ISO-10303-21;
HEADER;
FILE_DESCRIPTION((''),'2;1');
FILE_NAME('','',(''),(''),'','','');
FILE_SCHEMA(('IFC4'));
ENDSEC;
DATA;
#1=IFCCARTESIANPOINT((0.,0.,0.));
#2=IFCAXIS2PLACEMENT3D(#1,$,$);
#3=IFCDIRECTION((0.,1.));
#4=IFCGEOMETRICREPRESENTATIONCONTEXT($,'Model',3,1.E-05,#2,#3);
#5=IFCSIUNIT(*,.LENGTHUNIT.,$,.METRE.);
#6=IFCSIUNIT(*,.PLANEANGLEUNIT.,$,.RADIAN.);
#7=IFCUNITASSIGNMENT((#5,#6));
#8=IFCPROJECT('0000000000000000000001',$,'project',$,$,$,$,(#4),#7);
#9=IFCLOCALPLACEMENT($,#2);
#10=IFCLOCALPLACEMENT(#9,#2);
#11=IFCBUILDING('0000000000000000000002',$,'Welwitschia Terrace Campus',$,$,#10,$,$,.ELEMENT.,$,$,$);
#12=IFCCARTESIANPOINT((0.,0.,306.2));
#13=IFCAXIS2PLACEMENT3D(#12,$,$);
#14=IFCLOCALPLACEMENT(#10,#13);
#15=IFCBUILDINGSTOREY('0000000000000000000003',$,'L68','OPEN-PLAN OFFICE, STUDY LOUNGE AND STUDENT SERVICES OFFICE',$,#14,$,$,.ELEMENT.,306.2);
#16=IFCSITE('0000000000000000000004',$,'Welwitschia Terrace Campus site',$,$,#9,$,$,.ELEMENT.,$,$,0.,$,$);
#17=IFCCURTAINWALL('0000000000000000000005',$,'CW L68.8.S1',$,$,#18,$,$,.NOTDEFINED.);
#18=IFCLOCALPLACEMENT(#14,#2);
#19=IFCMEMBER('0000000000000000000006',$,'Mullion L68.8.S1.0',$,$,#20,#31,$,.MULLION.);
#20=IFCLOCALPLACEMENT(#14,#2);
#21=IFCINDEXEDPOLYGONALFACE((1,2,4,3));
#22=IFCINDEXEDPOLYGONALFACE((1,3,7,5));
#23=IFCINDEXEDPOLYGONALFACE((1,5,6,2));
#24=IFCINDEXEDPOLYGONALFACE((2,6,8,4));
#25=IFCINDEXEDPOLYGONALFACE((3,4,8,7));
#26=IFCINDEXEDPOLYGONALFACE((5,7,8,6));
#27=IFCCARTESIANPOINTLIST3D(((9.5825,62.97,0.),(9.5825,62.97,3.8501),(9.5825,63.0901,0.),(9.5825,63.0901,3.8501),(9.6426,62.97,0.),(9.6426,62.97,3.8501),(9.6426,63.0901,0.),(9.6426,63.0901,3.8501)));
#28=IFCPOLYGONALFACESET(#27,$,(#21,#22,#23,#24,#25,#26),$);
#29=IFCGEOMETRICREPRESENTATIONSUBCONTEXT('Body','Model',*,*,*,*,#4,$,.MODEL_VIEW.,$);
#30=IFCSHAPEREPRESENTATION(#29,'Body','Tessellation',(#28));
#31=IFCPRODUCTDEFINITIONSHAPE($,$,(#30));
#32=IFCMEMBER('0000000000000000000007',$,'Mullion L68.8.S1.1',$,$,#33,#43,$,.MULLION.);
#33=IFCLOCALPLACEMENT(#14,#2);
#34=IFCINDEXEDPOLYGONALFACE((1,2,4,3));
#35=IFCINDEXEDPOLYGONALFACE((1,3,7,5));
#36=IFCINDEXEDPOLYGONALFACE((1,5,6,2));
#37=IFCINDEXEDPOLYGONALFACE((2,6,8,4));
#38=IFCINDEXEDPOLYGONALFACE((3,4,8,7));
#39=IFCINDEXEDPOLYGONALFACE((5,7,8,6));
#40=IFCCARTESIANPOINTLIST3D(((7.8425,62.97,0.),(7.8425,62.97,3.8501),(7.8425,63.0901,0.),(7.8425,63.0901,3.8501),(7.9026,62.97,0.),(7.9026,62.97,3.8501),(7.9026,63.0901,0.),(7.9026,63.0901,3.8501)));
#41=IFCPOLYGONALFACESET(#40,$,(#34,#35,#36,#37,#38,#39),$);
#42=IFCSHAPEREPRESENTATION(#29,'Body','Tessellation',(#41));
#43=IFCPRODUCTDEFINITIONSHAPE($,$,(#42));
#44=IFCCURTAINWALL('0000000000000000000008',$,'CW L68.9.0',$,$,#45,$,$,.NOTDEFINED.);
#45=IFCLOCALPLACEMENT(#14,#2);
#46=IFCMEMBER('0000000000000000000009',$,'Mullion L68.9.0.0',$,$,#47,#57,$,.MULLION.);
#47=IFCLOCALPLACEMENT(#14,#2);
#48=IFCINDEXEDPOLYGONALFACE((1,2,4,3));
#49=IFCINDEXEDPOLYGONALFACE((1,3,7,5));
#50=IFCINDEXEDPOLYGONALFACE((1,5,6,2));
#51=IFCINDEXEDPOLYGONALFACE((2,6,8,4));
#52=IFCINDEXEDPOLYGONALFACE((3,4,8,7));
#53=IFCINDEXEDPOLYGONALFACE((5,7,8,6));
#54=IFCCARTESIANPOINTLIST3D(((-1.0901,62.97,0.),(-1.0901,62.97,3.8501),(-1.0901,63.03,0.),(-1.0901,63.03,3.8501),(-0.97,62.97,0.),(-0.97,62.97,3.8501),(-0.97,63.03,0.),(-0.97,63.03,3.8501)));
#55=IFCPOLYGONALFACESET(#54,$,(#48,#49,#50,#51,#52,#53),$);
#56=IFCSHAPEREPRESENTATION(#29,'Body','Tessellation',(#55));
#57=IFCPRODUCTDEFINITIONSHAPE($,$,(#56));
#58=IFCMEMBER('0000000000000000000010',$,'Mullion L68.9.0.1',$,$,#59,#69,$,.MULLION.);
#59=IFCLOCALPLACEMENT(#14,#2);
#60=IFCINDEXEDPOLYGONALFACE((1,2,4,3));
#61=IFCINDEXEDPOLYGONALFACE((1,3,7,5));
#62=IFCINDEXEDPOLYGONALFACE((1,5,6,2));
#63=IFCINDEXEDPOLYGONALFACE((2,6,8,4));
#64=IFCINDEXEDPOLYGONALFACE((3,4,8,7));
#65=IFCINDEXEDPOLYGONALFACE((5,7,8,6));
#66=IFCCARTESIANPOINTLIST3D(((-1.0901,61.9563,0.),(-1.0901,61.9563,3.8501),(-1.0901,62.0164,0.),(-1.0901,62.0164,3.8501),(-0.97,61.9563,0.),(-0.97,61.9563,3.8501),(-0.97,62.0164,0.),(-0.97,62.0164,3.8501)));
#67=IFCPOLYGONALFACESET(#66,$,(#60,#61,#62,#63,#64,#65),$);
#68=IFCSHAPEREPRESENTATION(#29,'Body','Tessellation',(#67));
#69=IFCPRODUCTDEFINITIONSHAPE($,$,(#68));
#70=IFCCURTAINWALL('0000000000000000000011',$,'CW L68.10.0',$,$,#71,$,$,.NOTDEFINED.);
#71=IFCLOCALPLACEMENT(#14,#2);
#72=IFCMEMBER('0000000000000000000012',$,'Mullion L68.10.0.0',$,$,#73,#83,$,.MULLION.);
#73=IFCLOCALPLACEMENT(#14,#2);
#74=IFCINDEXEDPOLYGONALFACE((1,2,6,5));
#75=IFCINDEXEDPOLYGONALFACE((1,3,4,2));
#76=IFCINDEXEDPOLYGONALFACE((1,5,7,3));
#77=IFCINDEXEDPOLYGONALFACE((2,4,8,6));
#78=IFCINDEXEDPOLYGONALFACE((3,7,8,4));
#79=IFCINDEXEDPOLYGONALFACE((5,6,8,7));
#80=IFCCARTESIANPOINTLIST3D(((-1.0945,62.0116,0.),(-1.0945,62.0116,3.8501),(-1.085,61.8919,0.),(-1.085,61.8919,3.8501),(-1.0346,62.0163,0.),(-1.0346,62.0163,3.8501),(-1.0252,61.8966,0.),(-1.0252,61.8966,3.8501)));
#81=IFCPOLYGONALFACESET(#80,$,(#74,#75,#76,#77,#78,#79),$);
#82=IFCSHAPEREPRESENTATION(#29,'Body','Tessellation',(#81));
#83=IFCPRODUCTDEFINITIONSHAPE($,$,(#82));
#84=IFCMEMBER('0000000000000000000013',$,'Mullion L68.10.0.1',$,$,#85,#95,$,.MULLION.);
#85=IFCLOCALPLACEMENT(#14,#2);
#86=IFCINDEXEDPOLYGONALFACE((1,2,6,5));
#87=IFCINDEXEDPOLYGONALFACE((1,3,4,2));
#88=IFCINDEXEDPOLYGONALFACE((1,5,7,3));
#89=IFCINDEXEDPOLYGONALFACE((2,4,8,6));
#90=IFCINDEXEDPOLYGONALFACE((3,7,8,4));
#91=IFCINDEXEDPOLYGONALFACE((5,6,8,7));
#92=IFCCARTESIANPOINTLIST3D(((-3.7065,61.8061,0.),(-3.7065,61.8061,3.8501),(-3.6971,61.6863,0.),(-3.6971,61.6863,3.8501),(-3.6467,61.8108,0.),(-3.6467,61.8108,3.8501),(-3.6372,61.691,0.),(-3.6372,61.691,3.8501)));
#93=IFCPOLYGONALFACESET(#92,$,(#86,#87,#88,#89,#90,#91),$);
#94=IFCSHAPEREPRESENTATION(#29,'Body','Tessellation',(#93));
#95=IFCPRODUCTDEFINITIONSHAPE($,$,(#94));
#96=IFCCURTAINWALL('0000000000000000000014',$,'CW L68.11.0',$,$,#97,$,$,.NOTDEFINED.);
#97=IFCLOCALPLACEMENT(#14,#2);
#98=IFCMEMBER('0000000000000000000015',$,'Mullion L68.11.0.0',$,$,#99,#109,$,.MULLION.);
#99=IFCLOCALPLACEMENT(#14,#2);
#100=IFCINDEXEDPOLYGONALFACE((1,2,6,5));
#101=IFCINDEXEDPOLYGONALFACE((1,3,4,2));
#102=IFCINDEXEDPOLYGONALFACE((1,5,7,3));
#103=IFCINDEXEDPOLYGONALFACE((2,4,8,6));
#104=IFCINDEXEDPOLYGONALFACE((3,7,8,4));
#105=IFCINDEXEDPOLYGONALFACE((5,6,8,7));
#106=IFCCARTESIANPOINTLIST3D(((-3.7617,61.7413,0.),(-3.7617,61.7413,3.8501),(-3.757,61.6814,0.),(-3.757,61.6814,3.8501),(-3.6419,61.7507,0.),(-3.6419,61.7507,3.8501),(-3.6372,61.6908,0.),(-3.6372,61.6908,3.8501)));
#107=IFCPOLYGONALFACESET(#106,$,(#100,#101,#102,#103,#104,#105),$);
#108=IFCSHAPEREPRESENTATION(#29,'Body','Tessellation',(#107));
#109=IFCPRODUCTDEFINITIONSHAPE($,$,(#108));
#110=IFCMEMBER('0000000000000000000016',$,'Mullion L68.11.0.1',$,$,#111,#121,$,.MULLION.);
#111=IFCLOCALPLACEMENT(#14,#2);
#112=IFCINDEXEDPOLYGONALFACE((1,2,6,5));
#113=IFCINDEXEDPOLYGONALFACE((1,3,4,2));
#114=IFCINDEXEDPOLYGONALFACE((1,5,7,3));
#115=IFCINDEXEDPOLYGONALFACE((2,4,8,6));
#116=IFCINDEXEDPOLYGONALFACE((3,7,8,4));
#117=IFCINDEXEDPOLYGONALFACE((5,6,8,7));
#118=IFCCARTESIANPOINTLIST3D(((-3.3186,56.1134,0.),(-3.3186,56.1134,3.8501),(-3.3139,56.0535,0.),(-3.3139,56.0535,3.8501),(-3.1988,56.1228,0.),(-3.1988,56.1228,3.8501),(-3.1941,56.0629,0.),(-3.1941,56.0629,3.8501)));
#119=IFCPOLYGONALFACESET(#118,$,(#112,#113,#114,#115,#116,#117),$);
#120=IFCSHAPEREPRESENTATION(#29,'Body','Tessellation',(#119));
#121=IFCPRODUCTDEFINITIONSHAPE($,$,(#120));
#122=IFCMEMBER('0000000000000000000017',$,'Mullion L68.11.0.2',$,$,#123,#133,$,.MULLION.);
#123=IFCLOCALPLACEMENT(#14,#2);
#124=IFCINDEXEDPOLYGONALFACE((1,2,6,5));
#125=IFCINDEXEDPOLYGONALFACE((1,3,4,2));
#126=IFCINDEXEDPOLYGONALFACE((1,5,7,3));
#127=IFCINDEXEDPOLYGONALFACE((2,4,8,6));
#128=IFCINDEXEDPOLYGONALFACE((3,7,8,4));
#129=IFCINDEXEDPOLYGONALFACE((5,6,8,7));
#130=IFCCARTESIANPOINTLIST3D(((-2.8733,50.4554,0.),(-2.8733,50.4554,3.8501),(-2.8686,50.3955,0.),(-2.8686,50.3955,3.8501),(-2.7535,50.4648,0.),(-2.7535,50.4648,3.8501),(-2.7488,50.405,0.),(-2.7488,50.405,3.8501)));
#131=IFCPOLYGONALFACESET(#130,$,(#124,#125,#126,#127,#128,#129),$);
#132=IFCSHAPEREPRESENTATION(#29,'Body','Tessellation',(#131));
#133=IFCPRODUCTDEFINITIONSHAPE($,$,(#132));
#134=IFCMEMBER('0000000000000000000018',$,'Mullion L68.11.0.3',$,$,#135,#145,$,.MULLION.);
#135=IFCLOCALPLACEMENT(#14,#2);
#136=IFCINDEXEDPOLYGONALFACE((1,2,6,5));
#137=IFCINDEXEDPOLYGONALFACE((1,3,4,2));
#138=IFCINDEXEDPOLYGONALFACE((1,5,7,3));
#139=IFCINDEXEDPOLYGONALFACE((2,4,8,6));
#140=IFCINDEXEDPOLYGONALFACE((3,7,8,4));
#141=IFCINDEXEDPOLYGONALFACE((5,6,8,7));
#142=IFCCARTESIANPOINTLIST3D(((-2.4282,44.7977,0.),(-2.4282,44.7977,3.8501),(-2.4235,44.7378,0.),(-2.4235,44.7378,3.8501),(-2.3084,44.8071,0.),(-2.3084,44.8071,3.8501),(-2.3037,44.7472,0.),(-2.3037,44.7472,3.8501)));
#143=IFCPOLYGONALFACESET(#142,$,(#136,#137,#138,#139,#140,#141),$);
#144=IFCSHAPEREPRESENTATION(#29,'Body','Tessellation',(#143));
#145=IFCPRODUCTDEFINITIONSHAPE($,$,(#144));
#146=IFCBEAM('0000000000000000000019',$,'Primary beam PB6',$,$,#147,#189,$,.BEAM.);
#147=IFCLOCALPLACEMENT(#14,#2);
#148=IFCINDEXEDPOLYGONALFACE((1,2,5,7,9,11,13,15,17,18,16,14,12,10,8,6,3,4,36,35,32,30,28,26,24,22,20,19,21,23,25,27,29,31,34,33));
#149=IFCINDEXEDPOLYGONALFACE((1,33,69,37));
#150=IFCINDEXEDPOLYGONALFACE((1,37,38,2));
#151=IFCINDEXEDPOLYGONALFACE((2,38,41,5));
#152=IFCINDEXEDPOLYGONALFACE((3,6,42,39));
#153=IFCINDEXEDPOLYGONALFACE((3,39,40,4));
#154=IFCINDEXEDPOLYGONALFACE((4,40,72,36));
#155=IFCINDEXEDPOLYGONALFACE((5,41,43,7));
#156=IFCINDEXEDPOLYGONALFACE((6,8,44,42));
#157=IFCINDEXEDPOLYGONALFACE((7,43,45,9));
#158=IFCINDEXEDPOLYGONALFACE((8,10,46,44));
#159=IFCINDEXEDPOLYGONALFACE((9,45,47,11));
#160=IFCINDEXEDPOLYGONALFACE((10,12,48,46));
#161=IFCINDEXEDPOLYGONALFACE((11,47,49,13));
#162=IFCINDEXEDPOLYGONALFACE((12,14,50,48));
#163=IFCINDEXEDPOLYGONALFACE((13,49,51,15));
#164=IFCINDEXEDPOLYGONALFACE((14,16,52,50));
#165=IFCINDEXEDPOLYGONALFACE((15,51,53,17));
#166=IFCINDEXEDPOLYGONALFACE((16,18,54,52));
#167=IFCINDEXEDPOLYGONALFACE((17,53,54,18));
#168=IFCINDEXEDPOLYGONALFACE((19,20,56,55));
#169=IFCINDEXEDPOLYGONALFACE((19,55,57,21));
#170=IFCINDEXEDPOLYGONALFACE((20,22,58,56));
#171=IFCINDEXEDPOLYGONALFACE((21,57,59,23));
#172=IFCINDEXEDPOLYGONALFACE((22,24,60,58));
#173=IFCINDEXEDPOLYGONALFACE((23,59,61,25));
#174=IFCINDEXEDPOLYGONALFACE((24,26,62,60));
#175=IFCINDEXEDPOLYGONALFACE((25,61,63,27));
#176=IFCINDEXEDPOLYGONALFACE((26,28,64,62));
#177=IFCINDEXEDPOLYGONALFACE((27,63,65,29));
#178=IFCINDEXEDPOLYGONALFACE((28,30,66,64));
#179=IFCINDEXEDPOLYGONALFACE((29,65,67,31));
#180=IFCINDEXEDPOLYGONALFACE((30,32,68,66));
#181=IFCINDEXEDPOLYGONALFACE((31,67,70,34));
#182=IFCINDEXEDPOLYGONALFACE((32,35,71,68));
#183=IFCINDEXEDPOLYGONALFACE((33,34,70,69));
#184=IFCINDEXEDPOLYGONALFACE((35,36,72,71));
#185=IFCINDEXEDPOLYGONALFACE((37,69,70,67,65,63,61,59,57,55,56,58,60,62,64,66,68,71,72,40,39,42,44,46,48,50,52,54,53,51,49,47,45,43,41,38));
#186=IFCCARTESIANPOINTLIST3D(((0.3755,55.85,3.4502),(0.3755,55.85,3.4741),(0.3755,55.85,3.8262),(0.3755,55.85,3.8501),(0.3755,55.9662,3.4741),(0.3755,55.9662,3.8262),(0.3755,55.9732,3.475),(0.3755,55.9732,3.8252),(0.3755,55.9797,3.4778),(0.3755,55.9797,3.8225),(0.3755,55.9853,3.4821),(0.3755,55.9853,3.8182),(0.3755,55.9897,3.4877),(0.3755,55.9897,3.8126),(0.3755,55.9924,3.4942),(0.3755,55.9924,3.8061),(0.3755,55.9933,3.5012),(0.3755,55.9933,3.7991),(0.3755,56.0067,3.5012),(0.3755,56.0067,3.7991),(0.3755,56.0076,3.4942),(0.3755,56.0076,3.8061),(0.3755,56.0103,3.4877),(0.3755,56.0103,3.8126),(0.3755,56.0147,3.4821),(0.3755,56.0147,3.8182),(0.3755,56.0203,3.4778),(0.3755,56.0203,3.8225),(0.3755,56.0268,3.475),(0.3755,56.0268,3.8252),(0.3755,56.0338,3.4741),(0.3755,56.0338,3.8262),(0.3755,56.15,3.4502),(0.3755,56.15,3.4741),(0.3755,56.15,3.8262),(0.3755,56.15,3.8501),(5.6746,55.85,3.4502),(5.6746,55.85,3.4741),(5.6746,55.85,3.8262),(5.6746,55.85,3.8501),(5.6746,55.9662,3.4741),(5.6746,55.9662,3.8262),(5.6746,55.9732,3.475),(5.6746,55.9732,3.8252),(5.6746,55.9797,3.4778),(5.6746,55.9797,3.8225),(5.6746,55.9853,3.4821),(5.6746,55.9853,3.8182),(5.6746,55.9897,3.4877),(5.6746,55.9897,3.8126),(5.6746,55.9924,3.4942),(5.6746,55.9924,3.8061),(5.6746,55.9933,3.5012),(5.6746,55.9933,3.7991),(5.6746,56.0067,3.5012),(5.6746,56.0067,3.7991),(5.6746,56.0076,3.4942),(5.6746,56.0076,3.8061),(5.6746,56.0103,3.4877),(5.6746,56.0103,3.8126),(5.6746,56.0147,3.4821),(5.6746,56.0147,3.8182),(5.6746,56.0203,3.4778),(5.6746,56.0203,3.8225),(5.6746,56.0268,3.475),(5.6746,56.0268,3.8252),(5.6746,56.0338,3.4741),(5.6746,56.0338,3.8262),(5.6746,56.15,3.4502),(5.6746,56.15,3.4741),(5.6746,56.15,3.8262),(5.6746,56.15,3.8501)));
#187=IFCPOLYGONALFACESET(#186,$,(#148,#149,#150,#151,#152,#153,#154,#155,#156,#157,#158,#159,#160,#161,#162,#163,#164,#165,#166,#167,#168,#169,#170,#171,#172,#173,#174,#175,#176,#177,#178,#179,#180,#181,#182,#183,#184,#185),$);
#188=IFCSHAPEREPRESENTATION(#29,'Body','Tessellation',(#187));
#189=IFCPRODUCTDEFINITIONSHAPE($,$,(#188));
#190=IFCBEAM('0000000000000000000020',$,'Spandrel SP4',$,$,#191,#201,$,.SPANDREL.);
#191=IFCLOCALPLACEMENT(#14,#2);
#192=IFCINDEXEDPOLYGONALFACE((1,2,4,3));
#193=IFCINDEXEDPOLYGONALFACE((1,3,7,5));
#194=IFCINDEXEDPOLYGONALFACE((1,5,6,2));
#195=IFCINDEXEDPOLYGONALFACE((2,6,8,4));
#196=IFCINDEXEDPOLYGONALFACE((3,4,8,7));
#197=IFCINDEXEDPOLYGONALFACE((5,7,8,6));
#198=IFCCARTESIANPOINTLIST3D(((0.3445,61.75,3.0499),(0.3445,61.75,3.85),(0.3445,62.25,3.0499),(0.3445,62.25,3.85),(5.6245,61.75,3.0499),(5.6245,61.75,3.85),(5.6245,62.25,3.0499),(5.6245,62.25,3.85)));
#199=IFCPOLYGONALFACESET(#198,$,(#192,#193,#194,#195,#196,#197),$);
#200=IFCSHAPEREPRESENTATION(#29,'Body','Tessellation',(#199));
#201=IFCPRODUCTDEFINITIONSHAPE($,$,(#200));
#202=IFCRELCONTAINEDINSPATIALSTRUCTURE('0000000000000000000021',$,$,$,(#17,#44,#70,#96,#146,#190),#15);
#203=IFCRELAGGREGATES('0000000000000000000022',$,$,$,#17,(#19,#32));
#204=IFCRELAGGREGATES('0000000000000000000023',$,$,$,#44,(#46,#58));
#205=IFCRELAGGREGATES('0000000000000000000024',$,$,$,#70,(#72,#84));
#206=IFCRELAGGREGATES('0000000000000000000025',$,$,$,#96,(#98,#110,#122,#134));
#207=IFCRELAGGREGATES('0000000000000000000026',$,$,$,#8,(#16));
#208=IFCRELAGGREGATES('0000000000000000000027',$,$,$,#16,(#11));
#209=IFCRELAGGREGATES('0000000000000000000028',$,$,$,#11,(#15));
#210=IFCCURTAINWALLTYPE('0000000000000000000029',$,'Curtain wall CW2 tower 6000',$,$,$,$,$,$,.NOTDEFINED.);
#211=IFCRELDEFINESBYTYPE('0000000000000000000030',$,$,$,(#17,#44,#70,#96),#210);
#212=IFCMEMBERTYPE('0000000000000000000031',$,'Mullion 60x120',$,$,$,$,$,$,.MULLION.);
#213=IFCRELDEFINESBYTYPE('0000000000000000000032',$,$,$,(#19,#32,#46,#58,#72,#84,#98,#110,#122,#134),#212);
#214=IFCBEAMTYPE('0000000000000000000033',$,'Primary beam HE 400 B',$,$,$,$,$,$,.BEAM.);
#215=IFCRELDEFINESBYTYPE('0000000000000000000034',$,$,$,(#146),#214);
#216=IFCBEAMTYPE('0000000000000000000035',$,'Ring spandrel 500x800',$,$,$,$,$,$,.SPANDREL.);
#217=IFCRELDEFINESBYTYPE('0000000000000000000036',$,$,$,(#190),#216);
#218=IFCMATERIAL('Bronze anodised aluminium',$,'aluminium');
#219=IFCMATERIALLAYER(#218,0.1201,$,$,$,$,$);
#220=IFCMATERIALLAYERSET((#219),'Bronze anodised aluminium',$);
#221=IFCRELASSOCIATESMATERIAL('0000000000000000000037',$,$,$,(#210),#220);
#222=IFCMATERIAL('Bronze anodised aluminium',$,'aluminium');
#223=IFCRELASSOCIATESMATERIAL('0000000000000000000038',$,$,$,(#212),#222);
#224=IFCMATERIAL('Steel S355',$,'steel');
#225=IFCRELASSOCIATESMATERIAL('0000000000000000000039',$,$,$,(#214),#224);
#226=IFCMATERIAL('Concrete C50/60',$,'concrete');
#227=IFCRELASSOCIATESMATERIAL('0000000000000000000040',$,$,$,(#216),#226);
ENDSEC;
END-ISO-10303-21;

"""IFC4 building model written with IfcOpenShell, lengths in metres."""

from ifc_helpers import new_model, si_unit, direction, frame, origin, origin_2d, place, context, subcontext, project, spatial, rectangle, i_section, extrude, material, layer, layer_set, material_profile, profile_set, type_object, element, aggregate, save


model = new_model("IFC4")

# Units and contexts
model_context = context("Model", 3, precision=1e-05, world=origin(), true_north=direction((0.0, 1.0)))
body_context = subcontext(model_context, "Body", "Model", "MODEL_VIEW")
ifc_project = project(units=[si_unit("LENGTHUNIT", "METRE"), si_unit("PLANEANGLEUNIT", "RADIAN")], contexts=[model_context])

# Site, building, storey
site_placement = place(None, origin())
site = spatial("IfcSite", under=ifc_project, at=site_placement, Name="Welwitschia Terrace Campus site", CompositionType="ELEMENT", RefElevation=0.0)
building_placement = place(site_placement, origin())
building = spatial("IfcBuilding", under=site, at=building_placement, Name="Welwitschia Terrace Campus", CompositionType="ELEMENT")
storey_placement = place(building_placement, frame((0.0, 0.0, 306.2)))
storey = spatial("IfcBuildingStorey", under=building, at=storey_placement, Name="L68", Description="OPEN-PLAN OFFICE, STUDY LOUNGE AND STUDENT SERVICES OFFICE", CompositionType="ELEMENT", Elevation=306.2)

# Curtain walls, members
ifc_material_1 = material(Name="Bronze anodised aluminium", Category="aluminium")
ifc_layer_1 = layer(ifc_material_1, 0.1201)
ifc_layer_set_1 = layer_set([ifc_layer_1], Name="Bronze anodised aluminium")
curtain_wall_type = type_object("IfcCurtainWallType", Name="Curtain wall CW2 tower 6000", PredefinedType="NOTDEFINED", material=ifc_layer_set_1)
curtain_wall_1_placement = place(storey_placement, origin())
curtain_wall_1 = element("IfcCurtainWall", 1, at=curtain_wall_1_placement, inside=storey, type_object=curtain_wall_type, Name="CW L68.8.S1", PredefinedType="NOTDEFINED")
ifc_material_2 = material(Name="Bronze anodised aluminium", Category="aluminium")
ifc_material_profile_1 = material_profile(ifc_material_2, rectangle(XDim=0.1201, YDim=0.0601, at=origin_2d()))
ifc_profile_set_1 = profile_set([ifc_material_profile_1], Name="Bronze anodised aluminium")
member_type_1 = type_object("IfcMemberType", Name="Mullion 60x120", PredefinedType="MULLION", material=ifc_profile_set_1)
member_1_placement = place(storey_placement, frame((9.6125, 63.03, 0.0), z_axis=(0.0, 0.0, 1.0), x_axis=(0.0, -1.0, 0.0)))
member_1 = element("IfcMember", 2, at=member_1_placement, type_object=member_type_1, Name="Mullion L68.8.S1.0", PredefinedType="MULLION", context=body_context, shape_type="SweptSolid", body=[
    extrude(rectangle(XDim=0.1201, YDim=0.0601, at=origin_2d()), origin(), (0.0, 0.0, 1.0), 3.8501),
])
member_2_placement = place(storey_placement, frame((7.8726, 63.03, 0.0), z_axis=(0.0, 0.0, 1.0), x_axis=(0.0, -1.0, 0.0)))
member_2 = element("IfcMember", 3, at=member_2_placement, type_object=member_type_1, Name="Mullion L68.8.S1.1", PredefinedType="MULLION", context=body_context, shape_type="SweptSolid", body=[
    extrude(rectangle(XDim=0.1201, YDim=0.0601, at=origin_2d()), origin(), (0.0, 0.0, 1.0), 3.8501),
])
curtain_wall_2_placement = place(storey_placement, origin())
curtain_wall_2 = element("IfcCurtainWall", 4, at=curtain_wall_2_placement, inside=storey, type_object=curtain_wall_type, Name="CW L68.9.0", PredefinedType="NOTDEFINED")
member_3_placement = place(storey_placement, frame((-1.03, 63.0, 0.0), z_axis=(0.0, 0.0, 1.0), x_axis=(1.0, 0.0, 0.0)))
member_3 = element("IfcMember", 5, at=member_3_placement, type_object=member_type_1, Name="Mullion L68.9.0.0", PredefinedType="MULLION", context=body_context, shape_type="SweptSolid", body=[
    extrude(rectangle(XDim=0.1201, YDim=0.0601, at=origin_2d()), origin(), (0.0, 0.0, 1.0), 3.8501),
])
member_4_placement = place(storey_placement, frame((-1.03, 61.9863, 0.0), z_axis=(0.0, 0.0, 1.0), x_axis=(1.0, 0.0, 0.0)))
member_4 = element("IfcMember", 6, at=member_4_placement, type_object=member_type_1, Name="Mullion L68.9.0.1", PredefinedType="MULLION", context=body_context, shape_type="SweptSolid", body=[
    extrude(rectangle(XDim=0.1201, YDim=0.0601, at=origin_2d()), origin(), (0.0, 0.0, 1.0), 3.8501),
])
curtain_wall_3_placement = place(storey_placement, origin())
curtain_wall_3 = element("IfcCurtainWall", 7, at=curtain_wall_3_placement, inside=storey, type_object=curtain_wall_type, Name="CW L68.10.0", PredefinedType="NOTDEFINED")
member_5_placement = place(storey_placement, frame((-1.0598, 61.9541, 0.0), z_axis=(0.0, 0.0, 1.0), x_axis=(0.078459, -0.996917, 0.0)))
member_5 = element("IfcMember", 8, at=member_5_placement, type_object=member_type_1, Name="Mullion L68.10.0.0", PredefinedType="MULLION", context=body_context, shape_type="SweptSolid", body=[
    extrude(rectangle(XDim=0.1201, YDim=0.0601, at=origin_2d()), origin(), (0.0, 0.0, 1.0), 3.8501),
])
member_6_placement = place(storey_placement, frame((-3.6719, 61.7485, 0.0), z_axis=(0.0, 0.0, 1.0), x_axis=(0.078459, -0.996917, 0.0)))
member_6 = element("IfcMember", 9, at=member_6_placement, type_object=member_type_1, Name="Mullion L68.10.0.1", PredefinedType="MULLION", context=body_context, shape_type="SweptSolid", body=[
    extrude(rectangle(XDim=0.1201, YDim=0.0601, at=origin_2d()), origin(), (0.0, 0.0, 1.0), 3.8501),
])
curtain_wall_4_placement = place(storey_placement, origin())
curtain_wall_4 = element("IfcCurtainWall", 10, at=curtain_wall_4_placement, inside=storey, type_object=curtain_wall_type, Name="CW L68.11.0", PredefinedType="NOTDEFINED")
member_7_placement = place(storey_placement, frame((-3.6995, 61.7161, 0.0), z_axis=(0.0, 0.0, 1.0), x_axis=(0.996917, 0.078459, 0.0)))
member_7 = element("IfcMember", 11, at=member_7_placement, type_object=member_type_1, Name="Mullion L68.11.0.0", PredefinedType="MULLION", context=body_context, shape_type="SweptSolid", body=[
    extrude(rectangle(XDim=0.1201, YDim=0.0601, at=origin_2d()), origin(), (0.0, 0.0, 1.0), 3.8501),
])
member_8_placement = place(storey_placement, frame((-3.2563, 56.0881, 0.0), z_axis=(0.0, 0.0, 1.0), x_axis=(0.996917, 0.078459, 0.0)))
member_8 = element("IfcMember", 12, at=member_8_placement, type_object=member_type_1, Name="Mullion L68.11.0.1", PredefinedType="MULLION", context=body_context, shape_type="SweptSolid", body=[
    extrude(rectangle(XDim=0.1201, YDim=0.0601, at=origin_2d()), origin(), (0.0, 0.0, 1.0), 3.8501),
])
member_9_placement = place(storey_placement, frame((-2.811, 50.4302, 0.0), z_axis=(0.0, 0.0, 1.0), x_axis=(0.996917, 0.078459, 0.0)))
member_9 = element("IfcMember", 13, at=member_9_placement, type_object=member_type_1, Name="Mullion L68.11.0.2", PredefinedType="MULLION", context=body_context, shape_type="SweptSolid", body=[
    extrude(rectangle(XDim=0.1201, YDim=0.0601, at=origin_2d()), origin(), (0.0, 0.0, 1.0), 3.8501),
])
member_10_placement = place(storey_placement, frame((-2.366, 44.7725, 0.0), z_axis=(0.0, 0.0, 1.0), x_axis=(0.996917, 0.078459, 0.0)))
member_10 = element("IfcMember", 14, at=member_10_placement, type_object=member_type_1, Name="Mullion L68.11.0.3", PredefinedType="MULLION", context=body_context, shape_type="SweptSolid", body=[
    extrude(rectangle(XDim=0.1201, YDim=0.0601, at=origin_2d()), origin(), (0.0, 0.0, 1.0), 3.8501),
])

# Beams
ifc_material_3 = material(Name="Steel S355", Category="steel")
ifc_material_profile_2 = material_profile(ifc_material_3, i_section(OverallWidth=0.3, OverallDepth=0.3999, WebThickness=0.0134, FlangeThickness=0.0239, FilletRadius=0.0271, at=origin_2d()))
ifc_profile_set_2 = profile_set([ifc_material_profile_2], Name="Steel S355")
beam_type_1 = type_object("IfcBeamType", Name="Primary beam HE 400 B", PredefinedType="BEAM", material=ifc_profile_set_2)
beam_1_placement = place(storey_placement, frame((0.3755, 56.0, 3.6501), z_axis=(1.0, 0.0, 0.0), x_axis=(0.0, 1.0, 0.0)))
element("IfcBeam", 15, at=beam_1_placement, inside=storey, type_object=beam_type_1, Name="Primary beam PB6", PredefinedType="BEAM", context=body_context, shape_type="SweptSolid", body=[
    extrude(i_section(OverallWidth=0.3, OverallDepth=0.3999, WebThickness=0.0134, FlangeThickness=0.0239, FilletRadius=0.0271, at=origin_2d()), origin(), (0.0, 0.0, 1.0), 5.2991),
])
ifc_material_4 = material(Name="Concrete C50/60", Category="concrete")
ifc_material_profile_3 = material_profile(ifc_material_4, rectangle(XDim=0.5, YDim=0.8, at=origin_2d()))
ifc_profile_set_3 = profile_set([ifc_material_profile_3], Name="Concrete C50/60")
beam_type_2 = type_object("IfcBeamType", Name="Ring spandrel 500x800", PredefinedType="SPANDREL", material=ifc_profile_set_3)
for number, where, z_axis, x_axis, name in (
    (16, (5.6245, 62.0, 3.45), (-1.0, 0.0, 0.0), (0.0, -1.0, 0.0), "Spandrel SP4"),
):
    element("IfcBeam", number, at=place(storey_placement, frame(where, z_axis=z_axis, x_axis=x_axis)), inside=storey, type_object=beam_type_2, Name=name, PredefinedType="SPANDREL", context=body_context, shape_type="SweptSolid", body=[
        extrude(rectangle(XDim=0.5, YDim=0.8, at=origin_2d()), origin(), (0.0, 0.0, 1.0), 5.28),
    ])

aggregate(curtain_wall_1, [member_1, member_2])
aggregate(curtain_wall_2, [member_3, member_4])
aggregate(curtain_wall_3, [member_5, member_6])
aggregate(curtain_wall_4, [member_7, member_8, member_9, member_10])

save(model, "model.ifc")
